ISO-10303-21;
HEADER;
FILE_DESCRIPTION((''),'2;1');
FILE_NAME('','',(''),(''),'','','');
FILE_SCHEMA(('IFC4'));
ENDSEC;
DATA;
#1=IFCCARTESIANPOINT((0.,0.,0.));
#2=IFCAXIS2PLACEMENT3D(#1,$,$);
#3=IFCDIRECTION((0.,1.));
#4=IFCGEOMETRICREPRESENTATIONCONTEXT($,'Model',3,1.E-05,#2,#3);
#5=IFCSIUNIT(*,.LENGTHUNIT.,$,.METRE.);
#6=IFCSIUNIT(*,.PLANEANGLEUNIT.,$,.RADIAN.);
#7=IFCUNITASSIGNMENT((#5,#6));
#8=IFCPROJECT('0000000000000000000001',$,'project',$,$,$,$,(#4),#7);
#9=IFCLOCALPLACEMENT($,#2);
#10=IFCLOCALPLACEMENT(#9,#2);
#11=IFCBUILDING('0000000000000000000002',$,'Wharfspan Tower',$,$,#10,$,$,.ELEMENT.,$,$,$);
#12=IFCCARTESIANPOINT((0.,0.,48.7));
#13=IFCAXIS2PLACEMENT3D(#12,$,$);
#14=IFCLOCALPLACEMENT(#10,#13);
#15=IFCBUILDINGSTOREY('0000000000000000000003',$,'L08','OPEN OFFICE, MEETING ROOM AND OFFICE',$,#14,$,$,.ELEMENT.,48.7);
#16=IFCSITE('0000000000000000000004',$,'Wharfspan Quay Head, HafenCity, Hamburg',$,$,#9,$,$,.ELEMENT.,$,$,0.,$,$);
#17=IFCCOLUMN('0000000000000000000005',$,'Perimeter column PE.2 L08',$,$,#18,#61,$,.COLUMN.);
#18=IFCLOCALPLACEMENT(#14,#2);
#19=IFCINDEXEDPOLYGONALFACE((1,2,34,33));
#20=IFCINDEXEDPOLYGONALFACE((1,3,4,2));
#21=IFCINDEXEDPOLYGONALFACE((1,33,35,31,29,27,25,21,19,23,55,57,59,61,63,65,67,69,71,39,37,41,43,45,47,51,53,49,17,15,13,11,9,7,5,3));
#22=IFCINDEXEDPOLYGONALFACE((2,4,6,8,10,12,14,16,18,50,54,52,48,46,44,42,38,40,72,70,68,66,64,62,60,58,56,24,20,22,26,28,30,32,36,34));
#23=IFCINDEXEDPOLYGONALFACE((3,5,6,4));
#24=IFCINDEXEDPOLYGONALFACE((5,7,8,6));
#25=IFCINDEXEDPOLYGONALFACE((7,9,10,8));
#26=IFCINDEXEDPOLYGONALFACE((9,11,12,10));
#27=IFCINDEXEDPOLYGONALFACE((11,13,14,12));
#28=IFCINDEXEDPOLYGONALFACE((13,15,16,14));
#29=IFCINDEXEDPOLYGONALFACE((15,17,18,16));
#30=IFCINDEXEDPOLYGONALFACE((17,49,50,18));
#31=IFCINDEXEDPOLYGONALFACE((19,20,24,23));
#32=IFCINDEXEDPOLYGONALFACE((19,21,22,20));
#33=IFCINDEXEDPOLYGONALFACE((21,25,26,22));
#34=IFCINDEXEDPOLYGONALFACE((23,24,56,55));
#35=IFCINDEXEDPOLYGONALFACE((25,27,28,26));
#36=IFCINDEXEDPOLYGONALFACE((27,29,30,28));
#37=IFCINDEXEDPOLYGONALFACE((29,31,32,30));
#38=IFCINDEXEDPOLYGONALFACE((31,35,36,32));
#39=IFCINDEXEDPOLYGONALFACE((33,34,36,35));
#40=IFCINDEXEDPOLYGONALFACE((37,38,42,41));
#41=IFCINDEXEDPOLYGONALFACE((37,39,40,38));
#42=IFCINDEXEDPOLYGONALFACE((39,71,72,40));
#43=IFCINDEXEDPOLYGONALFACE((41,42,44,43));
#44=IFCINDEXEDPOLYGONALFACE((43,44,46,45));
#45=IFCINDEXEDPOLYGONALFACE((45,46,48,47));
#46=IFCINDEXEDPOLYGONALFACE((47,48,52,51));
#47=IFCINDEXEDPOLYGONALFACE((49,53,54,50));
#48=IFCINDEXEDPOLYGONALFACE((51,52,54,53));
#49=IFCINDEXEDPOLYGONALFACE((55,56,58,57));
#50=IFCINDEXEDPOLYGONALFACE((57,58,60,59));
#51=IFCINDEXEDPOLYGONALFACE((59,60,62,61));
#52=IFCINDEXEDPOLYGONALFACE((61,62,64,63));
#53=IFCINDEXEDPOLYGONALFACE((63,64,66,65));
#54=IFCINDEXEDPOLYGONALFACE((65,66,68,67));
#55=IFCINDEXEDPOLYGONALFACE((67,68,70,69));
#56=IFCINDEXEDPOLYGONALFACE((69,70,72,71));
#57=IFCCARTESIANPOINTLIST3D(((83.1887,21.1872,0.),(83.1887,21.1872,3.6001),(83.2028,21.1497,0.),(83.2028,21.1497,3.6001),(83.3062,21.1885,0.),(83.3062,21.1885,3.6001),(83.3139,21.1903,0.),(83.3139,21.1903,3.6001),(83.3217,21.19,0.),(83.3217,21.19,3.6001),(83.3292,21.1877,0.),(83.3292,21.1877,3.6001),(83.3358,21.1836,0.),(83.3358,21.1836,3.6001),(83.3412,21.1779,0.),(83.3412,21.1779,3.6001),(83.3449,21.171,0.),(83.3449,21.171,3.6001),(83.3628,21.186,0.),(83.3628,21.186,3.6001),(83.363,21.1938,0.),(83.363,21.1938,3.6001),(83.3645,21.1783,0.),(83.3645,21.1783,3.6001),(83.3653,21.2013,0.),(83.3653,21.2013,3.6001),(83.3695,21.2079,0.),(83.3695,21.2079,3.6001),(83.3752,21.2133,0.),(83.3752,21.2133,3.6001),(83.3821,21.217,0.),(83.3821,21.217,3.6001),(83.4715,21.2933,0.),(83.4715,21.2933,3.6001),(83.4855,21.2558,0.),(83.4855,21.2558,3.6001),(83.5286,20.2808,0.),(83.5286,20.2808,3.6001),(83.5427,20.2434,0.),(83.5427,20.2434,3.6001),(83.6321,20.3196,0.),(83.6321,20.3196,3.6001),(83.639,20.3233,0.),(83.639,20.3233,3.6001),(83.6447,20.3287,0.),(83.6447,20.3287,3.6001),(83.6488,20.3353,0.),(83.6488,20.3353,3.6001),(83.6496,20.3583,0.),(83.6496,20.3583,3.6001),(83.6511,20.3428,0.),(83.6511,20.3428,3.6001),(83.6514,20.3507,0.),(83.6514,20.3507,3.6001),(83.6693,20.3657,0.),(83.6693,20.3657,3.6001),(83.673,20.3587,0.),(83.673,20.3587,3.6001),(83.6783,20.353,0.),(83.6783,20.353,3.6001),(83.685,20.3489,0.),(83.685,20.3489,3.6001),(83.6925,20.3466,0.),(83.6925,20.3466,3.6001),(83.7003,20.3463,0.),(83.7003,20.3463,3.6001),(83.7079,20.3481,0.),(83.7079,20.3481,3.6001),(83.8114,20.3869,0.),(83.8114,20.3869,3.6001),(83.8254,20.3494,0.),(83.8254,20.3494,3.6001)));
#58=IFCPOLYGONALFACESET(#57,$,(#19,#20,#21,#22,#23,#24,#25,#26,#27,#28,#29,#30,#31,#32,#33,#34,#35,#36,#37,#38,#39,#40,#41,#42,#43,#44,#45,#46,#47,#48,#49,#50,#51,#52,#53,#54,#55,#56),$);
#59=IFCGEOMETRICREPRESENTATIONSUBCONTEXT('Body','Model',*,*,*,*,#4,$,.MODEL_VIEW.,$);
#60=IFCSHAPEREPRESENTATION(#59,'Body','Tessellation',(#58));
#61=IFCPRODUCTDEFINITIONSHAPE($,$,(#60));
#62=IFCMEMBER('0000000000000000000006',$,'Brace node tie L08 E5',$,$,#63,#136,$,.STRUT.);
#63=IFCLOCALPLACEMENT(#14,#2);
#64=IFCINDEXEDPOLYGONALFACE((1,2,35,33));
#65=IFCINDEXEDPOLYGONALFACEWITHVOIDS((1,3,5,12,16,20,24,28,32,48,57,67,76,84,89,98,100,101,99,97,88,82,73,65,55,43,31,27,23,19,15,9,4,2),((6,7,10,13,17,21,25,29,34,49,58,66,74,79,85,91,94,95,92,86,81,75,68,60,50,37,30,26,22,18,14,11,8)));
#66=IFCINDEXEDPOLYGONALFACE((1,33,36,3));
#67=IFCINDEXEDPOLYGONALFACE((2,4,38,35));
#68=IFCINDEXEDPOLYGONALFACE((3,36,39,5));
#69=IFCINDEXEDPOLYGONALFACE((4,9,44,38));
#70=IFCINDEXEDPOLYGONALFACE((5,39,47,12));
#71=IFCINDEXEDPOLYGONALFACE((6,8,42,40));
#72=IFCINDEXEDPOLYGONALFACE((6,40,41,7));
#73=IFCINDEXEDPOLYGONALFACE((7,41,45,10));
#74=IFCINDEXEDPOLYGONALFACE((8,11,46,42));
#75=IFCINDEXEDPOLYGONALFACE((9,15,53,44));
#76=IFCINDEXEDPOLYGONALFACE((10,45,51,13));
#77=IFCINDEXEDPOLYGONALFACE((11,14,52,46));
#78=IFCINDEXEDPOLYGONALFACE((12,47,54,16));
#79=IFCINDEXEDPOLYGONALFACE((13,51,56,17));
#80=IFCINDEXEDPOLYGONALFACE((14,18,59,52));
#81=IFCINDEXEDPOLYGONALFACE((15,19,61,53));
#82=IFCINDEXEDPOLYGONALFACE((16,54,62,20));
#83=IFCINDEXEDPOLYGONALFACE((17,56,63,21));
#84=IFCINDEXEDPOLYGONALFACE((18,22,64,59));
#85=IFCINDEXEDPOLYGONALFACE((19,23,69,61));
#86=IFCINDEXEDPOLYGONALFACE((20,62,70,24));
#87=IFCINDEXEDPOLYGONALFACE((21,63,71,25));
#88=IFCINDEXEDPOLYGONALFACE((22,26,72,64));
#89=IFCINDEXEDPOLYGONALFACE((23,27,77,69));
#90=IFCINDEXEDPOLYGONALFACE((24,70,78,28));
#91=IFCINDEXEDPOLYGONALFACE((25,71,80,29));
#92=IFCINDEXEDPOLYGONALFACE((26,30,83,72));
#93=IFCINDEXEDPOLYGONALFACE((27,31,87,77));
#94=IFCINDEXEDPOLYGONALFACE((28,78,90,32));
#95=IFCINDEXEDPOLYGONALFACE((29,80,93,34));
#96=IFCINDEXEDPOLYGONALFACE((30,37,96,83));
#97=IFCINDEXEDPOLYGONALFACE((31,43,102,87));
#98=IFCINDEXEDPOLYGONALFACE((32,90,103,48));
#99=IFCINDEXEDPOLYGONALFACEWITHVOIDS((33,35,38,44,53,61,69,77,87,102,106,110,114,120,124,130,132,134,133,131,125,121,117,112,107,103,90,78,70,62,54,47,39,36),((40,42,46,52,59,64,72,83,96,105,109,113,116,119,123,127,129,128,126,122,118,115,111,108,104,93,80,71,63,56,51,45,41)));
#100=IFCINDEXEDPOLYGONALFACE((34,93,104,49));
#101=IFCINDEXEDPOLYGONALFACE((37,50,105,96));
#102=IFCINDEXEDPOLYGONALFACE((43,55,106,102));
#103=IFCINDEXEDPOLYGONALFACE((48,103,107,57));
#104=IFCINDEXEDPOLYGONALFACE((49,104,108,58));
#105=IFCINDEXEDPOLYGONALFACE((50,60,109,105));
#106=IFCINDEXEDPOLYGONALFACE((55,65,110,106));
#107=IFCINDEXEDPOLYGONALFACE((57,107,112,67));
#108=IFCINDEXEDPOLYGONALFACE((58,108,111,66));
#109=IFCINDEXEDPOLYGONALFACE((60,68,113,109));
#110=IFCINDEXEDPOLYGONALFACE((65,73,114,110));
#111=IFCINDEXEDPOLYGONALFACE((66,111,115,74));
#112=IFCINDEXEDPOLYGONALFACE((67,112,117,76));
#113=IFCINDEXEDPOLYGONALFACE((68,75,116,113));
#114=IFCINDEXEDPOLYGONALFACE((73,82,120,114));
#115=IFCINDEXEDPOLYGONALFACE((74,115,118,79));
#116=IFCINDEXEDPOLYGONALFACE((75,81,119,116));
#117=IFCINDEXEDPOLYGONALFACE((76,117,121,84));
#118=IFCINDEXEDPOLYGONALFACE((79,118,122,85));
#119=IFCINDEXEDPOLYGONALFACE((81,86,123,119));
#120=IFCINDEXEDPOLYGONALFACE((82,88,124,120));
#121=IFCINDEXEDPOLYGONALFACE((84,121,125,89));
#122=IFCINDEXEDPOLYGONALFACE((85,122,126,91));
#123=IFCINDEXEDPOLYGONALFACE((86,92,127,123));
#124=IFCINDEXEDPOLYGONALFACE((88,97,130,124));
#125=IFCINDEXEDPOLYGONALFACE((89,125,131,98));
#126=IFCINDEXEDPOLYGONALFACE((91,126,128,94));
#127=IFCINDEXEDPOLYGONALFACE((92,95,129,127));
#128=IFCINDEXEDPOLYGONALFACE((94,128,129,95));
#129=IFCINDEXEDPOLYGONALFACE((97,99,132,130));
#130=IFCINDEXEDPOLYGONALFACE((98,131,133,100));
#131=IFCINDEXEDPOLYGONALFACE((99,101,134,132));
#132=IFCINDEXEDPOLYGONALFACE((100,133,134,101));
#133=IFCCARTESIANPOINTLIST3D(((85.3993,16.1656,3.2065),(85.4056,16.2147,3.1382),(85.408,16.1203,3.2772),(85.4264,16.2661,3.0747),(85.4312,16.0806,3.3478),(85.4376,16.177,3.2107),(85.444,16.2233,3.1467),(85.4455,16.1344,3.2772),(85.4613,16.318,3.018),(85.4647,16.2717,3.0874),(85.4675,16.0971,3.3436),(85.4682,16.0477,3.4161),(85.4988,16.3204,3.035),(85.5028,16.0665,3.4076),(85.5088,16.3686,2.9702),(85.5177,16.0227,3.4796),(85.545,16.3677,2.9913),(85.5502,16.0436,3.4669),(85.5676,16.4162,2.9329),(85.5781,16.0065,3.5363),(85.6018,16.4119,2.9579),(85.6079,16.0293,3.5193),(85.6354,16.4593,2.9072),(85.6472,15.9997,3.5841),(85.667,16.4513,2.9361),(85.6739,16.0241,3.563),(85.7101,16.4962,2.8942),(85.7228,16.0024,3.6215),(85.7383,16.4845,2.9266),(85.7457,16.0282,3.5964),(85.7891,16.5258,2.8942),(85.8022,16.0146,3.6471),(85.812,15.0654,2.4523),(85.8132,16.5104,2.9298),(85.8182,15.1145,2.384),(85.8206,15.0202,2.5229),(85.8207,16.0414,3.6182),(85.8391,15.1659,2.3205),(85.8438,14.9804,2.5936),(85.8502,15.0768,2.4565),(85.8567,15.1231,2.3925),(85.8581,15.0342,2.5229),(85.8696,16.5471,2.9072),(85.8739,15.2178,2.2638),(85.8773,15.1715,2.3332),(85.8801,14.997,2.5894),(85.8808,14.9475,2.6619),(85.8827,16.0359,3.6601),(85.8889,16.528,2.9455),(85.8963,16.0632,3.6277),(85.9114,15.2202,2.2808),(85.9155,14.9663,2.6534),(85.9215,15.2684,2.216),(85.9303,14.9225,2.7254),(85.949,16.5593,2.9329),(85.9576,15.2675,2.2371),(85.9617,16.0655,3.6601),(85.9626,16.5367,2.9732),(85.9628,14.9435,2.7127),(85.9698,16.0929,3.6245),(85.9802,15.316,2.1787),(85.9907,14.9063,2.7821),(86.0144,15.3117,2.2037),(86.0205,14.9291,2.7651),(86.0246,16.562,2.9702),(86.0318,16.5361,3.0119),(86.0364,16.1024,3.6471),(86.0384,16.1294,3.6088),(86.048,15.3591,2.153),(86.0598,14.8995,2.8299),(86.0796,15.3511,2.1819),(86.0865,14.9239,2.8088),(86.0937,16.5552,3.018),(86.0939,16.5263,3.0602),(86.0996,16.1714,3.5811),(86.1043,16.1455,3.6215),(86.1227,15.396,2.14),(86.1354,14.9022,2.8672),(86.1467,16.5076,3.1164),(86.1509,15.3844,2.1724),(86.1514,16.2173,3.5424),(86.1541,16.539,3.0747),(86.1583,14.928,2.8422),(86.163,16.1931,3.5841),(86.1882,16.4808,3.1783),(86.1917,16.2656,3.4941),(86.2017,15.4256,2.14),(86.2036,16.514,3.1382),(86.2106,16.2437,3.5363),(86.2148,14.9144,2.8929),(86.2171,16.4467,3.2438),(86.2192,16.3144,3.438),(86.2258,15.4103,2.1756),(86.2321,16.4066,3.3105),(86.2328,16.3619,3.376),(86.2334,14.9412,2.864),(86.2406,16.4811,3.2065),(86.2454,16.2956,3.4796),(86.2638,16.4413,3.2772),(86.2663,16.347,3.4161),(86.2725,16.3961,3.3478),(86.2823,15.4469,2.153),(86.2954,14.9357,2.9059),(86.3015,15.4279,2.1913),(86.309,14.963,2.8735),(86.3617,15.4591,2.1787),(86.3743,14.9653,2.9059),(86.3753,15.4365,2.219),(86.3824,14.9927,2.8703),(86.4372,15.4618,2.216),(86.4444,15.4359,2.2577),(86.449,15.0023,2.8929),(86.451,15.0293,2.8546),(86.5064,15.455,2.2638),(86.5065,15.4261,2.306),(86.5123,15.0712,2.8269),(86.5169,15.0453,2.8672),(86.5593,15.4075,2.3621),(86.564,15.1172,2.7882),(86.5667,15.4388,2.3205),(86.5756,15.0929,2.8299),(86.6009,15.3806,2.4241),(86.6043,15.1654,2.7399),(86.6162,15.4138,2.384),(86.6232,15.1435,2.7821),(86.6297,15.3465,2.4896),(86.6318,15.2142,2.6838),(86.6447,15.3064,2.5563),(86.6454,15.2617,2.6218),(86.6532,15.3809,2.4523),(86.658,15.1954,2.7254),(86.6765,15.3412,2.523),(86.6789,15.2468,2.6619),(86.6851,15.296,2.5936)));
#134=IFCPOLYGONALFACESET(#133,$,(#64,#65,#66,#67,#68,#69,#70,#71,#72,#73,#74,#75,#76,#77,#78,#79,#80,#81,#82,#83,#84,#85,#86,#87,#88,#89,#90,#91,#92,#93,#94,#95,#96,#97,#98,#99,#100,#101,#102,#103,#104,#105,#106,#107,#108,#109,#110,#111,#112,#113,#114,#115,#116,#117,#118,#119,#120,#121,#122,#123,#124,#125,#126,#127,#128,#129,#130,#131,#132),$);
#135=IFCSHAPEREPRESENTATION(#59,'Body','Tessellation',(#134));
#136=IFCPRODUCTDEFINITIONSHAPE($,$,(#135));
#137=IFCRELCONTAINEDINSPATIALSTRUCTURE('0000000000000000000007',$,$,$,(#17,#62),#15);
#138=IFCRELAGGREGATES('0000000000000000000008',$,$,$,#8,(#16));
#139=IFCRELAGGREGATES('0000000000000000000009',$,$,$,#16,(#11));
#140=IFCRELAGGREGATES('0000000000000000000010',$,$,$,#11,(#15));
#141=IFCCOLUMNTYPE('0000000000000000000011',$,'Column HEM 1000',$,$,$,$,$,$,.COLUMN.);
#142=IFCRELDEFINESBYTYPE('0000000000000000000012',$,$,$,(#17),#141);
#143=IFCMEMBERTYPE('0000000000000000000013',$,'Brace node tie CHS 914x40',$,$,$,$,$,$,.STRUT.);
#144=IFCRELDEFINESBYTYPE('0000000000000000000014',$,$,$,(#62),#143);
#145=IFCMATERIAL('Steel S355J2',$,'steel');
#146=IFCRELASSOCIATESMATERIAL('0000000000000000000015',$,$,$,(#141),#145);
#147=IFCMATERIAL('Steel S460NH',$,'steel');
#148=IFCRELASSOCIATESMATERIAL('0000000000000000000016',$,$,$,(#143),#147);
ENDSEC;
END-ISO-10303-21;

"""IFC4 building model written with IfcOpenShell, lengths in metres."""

from ifc_helpers import new_model, si_unit, direction, frame, origin, origin_2d, place, context, subcontext, project, spatial, hollow_circle, i_section, extrude, material, material_profile, profile_set, type_object, element, save


model = new_model("IFC4")

# Units and contexts
model_context = context("Model", 3, precision=1e-05, world=origin(), true_north=direction((0.0, 1.0)))
body_context = subcontext(model_context, "Body", "Model", "MODEL_VIEW")
ifc_project = project(units=[si_unit("LENGTHUNIT", "METRE"), si_unit("PLANEANGLEUNIT", "RADIAN")], contexts=[model_context])

# Site, building, storey
site_placement = place(None, origin())
site = spatial("IfcSite", under=ifc_project, at=site_placement, Name="Wharfspan Quay Head, HafenCity, Hamburg", CompositionType="ELEMENT", RefElevation=0.0)
building_placement = place(site_placement, origin())
building = spatial("IfcBuilding", under=site, at=building_placement, Name="Wharfspan Tower", CompositionType="ELEMENT")
storey_placement = place(building_placement, frame((0.0, 0.0, 48.7)))
storey = spatial("IfcBuildingStorey", under=building, at=storey_placement, Name="L08", Description="OPEN OFFICE, MEETING ROOM AND OFFICE", CompositionType="ELEMENT", Elevation=48.7)

# Column
ifc_material_1 = material(Name="Steel S355J2", Category="steel")
ifc_material_profile_1 = material_profile(ifc_material_1, i_section(OverallWidth=0.302, OverallDepth=1.0081, WebThickness=0.021, FlangeThickness=0.04, FilletRadius=0.03, at=origin_2d()))
ifc_profile_set_1 = profile_set([ifc_material_profile_1], Name="Steel S355J2")
column_type = type_object("IfcColumnType", Name="Column HEM 1000", PredefinedType="COLUMN", material=ifc_profile_set_1)
column_placement = place(storey_placement, frame((83.5071, 20.7683, 0.0), z_axis=(0.0, 0.0, 1.0), x_axis=(0.936328, 0.351123, 0.0)))
element("IfcColumn", 1, at=column_placement, inside=storey, type_object=column_type, Name="Perimeter column PE.2 L08", PredefinedType="COLUMN", context=body_context, shape_type="SweptSolid", body=[
    extrude(i_section(OverallWidth=0.302, OverallDepth=1.0081, WebThickness=0.021, FlangeThickness=0.04, FilletRadius=0.03, at=origin_2d()), origin(), (0.0, 0.0, 1.0), 3.6001),
])

# Member
ifc_material_2 = material(Name="Steel S460NH", Category="steel")
ifc_material_profile_2 = material_profile(ifc_material_2, hollow_circle(Radius=0.457, WallThickness=0.04, at=origin_2d()))
ifc_profile_set_2 = profile_set([ifc_material_profile_2], Name="Steel S460NH")
member_type_1 = type_object("IfcMemberType", Name="Brace node tie CHS 914x40", PredefinedType="STRUT", material=ifc_profile_set_2)
for number, where, z_axis, x_axis, name in (
    (2, (86.2485, 15.1807, 2.5229), (-0.295528, 0.787959, 0.54017), (-0.936316, -0.351168, -0.000003), "Brace node tie L08 E5"),
):
    element("IfcMember", number, at=place(storey_placement, frame(where, z_axis=z_axis, x_axis=x_axis)), inside=storey, type_object=member_type_1, Name=name, PredefinedType="STRUT", context=body_context, shape_type="SweptSolid", body=[
        extrude(hollow_circle(Radius=0.457, WallThickness=0.04, at=origin_2d()), origin(), (0.0, 0.0, 1.0), 1.3962),
    ])

save(model, "model.ifc")
